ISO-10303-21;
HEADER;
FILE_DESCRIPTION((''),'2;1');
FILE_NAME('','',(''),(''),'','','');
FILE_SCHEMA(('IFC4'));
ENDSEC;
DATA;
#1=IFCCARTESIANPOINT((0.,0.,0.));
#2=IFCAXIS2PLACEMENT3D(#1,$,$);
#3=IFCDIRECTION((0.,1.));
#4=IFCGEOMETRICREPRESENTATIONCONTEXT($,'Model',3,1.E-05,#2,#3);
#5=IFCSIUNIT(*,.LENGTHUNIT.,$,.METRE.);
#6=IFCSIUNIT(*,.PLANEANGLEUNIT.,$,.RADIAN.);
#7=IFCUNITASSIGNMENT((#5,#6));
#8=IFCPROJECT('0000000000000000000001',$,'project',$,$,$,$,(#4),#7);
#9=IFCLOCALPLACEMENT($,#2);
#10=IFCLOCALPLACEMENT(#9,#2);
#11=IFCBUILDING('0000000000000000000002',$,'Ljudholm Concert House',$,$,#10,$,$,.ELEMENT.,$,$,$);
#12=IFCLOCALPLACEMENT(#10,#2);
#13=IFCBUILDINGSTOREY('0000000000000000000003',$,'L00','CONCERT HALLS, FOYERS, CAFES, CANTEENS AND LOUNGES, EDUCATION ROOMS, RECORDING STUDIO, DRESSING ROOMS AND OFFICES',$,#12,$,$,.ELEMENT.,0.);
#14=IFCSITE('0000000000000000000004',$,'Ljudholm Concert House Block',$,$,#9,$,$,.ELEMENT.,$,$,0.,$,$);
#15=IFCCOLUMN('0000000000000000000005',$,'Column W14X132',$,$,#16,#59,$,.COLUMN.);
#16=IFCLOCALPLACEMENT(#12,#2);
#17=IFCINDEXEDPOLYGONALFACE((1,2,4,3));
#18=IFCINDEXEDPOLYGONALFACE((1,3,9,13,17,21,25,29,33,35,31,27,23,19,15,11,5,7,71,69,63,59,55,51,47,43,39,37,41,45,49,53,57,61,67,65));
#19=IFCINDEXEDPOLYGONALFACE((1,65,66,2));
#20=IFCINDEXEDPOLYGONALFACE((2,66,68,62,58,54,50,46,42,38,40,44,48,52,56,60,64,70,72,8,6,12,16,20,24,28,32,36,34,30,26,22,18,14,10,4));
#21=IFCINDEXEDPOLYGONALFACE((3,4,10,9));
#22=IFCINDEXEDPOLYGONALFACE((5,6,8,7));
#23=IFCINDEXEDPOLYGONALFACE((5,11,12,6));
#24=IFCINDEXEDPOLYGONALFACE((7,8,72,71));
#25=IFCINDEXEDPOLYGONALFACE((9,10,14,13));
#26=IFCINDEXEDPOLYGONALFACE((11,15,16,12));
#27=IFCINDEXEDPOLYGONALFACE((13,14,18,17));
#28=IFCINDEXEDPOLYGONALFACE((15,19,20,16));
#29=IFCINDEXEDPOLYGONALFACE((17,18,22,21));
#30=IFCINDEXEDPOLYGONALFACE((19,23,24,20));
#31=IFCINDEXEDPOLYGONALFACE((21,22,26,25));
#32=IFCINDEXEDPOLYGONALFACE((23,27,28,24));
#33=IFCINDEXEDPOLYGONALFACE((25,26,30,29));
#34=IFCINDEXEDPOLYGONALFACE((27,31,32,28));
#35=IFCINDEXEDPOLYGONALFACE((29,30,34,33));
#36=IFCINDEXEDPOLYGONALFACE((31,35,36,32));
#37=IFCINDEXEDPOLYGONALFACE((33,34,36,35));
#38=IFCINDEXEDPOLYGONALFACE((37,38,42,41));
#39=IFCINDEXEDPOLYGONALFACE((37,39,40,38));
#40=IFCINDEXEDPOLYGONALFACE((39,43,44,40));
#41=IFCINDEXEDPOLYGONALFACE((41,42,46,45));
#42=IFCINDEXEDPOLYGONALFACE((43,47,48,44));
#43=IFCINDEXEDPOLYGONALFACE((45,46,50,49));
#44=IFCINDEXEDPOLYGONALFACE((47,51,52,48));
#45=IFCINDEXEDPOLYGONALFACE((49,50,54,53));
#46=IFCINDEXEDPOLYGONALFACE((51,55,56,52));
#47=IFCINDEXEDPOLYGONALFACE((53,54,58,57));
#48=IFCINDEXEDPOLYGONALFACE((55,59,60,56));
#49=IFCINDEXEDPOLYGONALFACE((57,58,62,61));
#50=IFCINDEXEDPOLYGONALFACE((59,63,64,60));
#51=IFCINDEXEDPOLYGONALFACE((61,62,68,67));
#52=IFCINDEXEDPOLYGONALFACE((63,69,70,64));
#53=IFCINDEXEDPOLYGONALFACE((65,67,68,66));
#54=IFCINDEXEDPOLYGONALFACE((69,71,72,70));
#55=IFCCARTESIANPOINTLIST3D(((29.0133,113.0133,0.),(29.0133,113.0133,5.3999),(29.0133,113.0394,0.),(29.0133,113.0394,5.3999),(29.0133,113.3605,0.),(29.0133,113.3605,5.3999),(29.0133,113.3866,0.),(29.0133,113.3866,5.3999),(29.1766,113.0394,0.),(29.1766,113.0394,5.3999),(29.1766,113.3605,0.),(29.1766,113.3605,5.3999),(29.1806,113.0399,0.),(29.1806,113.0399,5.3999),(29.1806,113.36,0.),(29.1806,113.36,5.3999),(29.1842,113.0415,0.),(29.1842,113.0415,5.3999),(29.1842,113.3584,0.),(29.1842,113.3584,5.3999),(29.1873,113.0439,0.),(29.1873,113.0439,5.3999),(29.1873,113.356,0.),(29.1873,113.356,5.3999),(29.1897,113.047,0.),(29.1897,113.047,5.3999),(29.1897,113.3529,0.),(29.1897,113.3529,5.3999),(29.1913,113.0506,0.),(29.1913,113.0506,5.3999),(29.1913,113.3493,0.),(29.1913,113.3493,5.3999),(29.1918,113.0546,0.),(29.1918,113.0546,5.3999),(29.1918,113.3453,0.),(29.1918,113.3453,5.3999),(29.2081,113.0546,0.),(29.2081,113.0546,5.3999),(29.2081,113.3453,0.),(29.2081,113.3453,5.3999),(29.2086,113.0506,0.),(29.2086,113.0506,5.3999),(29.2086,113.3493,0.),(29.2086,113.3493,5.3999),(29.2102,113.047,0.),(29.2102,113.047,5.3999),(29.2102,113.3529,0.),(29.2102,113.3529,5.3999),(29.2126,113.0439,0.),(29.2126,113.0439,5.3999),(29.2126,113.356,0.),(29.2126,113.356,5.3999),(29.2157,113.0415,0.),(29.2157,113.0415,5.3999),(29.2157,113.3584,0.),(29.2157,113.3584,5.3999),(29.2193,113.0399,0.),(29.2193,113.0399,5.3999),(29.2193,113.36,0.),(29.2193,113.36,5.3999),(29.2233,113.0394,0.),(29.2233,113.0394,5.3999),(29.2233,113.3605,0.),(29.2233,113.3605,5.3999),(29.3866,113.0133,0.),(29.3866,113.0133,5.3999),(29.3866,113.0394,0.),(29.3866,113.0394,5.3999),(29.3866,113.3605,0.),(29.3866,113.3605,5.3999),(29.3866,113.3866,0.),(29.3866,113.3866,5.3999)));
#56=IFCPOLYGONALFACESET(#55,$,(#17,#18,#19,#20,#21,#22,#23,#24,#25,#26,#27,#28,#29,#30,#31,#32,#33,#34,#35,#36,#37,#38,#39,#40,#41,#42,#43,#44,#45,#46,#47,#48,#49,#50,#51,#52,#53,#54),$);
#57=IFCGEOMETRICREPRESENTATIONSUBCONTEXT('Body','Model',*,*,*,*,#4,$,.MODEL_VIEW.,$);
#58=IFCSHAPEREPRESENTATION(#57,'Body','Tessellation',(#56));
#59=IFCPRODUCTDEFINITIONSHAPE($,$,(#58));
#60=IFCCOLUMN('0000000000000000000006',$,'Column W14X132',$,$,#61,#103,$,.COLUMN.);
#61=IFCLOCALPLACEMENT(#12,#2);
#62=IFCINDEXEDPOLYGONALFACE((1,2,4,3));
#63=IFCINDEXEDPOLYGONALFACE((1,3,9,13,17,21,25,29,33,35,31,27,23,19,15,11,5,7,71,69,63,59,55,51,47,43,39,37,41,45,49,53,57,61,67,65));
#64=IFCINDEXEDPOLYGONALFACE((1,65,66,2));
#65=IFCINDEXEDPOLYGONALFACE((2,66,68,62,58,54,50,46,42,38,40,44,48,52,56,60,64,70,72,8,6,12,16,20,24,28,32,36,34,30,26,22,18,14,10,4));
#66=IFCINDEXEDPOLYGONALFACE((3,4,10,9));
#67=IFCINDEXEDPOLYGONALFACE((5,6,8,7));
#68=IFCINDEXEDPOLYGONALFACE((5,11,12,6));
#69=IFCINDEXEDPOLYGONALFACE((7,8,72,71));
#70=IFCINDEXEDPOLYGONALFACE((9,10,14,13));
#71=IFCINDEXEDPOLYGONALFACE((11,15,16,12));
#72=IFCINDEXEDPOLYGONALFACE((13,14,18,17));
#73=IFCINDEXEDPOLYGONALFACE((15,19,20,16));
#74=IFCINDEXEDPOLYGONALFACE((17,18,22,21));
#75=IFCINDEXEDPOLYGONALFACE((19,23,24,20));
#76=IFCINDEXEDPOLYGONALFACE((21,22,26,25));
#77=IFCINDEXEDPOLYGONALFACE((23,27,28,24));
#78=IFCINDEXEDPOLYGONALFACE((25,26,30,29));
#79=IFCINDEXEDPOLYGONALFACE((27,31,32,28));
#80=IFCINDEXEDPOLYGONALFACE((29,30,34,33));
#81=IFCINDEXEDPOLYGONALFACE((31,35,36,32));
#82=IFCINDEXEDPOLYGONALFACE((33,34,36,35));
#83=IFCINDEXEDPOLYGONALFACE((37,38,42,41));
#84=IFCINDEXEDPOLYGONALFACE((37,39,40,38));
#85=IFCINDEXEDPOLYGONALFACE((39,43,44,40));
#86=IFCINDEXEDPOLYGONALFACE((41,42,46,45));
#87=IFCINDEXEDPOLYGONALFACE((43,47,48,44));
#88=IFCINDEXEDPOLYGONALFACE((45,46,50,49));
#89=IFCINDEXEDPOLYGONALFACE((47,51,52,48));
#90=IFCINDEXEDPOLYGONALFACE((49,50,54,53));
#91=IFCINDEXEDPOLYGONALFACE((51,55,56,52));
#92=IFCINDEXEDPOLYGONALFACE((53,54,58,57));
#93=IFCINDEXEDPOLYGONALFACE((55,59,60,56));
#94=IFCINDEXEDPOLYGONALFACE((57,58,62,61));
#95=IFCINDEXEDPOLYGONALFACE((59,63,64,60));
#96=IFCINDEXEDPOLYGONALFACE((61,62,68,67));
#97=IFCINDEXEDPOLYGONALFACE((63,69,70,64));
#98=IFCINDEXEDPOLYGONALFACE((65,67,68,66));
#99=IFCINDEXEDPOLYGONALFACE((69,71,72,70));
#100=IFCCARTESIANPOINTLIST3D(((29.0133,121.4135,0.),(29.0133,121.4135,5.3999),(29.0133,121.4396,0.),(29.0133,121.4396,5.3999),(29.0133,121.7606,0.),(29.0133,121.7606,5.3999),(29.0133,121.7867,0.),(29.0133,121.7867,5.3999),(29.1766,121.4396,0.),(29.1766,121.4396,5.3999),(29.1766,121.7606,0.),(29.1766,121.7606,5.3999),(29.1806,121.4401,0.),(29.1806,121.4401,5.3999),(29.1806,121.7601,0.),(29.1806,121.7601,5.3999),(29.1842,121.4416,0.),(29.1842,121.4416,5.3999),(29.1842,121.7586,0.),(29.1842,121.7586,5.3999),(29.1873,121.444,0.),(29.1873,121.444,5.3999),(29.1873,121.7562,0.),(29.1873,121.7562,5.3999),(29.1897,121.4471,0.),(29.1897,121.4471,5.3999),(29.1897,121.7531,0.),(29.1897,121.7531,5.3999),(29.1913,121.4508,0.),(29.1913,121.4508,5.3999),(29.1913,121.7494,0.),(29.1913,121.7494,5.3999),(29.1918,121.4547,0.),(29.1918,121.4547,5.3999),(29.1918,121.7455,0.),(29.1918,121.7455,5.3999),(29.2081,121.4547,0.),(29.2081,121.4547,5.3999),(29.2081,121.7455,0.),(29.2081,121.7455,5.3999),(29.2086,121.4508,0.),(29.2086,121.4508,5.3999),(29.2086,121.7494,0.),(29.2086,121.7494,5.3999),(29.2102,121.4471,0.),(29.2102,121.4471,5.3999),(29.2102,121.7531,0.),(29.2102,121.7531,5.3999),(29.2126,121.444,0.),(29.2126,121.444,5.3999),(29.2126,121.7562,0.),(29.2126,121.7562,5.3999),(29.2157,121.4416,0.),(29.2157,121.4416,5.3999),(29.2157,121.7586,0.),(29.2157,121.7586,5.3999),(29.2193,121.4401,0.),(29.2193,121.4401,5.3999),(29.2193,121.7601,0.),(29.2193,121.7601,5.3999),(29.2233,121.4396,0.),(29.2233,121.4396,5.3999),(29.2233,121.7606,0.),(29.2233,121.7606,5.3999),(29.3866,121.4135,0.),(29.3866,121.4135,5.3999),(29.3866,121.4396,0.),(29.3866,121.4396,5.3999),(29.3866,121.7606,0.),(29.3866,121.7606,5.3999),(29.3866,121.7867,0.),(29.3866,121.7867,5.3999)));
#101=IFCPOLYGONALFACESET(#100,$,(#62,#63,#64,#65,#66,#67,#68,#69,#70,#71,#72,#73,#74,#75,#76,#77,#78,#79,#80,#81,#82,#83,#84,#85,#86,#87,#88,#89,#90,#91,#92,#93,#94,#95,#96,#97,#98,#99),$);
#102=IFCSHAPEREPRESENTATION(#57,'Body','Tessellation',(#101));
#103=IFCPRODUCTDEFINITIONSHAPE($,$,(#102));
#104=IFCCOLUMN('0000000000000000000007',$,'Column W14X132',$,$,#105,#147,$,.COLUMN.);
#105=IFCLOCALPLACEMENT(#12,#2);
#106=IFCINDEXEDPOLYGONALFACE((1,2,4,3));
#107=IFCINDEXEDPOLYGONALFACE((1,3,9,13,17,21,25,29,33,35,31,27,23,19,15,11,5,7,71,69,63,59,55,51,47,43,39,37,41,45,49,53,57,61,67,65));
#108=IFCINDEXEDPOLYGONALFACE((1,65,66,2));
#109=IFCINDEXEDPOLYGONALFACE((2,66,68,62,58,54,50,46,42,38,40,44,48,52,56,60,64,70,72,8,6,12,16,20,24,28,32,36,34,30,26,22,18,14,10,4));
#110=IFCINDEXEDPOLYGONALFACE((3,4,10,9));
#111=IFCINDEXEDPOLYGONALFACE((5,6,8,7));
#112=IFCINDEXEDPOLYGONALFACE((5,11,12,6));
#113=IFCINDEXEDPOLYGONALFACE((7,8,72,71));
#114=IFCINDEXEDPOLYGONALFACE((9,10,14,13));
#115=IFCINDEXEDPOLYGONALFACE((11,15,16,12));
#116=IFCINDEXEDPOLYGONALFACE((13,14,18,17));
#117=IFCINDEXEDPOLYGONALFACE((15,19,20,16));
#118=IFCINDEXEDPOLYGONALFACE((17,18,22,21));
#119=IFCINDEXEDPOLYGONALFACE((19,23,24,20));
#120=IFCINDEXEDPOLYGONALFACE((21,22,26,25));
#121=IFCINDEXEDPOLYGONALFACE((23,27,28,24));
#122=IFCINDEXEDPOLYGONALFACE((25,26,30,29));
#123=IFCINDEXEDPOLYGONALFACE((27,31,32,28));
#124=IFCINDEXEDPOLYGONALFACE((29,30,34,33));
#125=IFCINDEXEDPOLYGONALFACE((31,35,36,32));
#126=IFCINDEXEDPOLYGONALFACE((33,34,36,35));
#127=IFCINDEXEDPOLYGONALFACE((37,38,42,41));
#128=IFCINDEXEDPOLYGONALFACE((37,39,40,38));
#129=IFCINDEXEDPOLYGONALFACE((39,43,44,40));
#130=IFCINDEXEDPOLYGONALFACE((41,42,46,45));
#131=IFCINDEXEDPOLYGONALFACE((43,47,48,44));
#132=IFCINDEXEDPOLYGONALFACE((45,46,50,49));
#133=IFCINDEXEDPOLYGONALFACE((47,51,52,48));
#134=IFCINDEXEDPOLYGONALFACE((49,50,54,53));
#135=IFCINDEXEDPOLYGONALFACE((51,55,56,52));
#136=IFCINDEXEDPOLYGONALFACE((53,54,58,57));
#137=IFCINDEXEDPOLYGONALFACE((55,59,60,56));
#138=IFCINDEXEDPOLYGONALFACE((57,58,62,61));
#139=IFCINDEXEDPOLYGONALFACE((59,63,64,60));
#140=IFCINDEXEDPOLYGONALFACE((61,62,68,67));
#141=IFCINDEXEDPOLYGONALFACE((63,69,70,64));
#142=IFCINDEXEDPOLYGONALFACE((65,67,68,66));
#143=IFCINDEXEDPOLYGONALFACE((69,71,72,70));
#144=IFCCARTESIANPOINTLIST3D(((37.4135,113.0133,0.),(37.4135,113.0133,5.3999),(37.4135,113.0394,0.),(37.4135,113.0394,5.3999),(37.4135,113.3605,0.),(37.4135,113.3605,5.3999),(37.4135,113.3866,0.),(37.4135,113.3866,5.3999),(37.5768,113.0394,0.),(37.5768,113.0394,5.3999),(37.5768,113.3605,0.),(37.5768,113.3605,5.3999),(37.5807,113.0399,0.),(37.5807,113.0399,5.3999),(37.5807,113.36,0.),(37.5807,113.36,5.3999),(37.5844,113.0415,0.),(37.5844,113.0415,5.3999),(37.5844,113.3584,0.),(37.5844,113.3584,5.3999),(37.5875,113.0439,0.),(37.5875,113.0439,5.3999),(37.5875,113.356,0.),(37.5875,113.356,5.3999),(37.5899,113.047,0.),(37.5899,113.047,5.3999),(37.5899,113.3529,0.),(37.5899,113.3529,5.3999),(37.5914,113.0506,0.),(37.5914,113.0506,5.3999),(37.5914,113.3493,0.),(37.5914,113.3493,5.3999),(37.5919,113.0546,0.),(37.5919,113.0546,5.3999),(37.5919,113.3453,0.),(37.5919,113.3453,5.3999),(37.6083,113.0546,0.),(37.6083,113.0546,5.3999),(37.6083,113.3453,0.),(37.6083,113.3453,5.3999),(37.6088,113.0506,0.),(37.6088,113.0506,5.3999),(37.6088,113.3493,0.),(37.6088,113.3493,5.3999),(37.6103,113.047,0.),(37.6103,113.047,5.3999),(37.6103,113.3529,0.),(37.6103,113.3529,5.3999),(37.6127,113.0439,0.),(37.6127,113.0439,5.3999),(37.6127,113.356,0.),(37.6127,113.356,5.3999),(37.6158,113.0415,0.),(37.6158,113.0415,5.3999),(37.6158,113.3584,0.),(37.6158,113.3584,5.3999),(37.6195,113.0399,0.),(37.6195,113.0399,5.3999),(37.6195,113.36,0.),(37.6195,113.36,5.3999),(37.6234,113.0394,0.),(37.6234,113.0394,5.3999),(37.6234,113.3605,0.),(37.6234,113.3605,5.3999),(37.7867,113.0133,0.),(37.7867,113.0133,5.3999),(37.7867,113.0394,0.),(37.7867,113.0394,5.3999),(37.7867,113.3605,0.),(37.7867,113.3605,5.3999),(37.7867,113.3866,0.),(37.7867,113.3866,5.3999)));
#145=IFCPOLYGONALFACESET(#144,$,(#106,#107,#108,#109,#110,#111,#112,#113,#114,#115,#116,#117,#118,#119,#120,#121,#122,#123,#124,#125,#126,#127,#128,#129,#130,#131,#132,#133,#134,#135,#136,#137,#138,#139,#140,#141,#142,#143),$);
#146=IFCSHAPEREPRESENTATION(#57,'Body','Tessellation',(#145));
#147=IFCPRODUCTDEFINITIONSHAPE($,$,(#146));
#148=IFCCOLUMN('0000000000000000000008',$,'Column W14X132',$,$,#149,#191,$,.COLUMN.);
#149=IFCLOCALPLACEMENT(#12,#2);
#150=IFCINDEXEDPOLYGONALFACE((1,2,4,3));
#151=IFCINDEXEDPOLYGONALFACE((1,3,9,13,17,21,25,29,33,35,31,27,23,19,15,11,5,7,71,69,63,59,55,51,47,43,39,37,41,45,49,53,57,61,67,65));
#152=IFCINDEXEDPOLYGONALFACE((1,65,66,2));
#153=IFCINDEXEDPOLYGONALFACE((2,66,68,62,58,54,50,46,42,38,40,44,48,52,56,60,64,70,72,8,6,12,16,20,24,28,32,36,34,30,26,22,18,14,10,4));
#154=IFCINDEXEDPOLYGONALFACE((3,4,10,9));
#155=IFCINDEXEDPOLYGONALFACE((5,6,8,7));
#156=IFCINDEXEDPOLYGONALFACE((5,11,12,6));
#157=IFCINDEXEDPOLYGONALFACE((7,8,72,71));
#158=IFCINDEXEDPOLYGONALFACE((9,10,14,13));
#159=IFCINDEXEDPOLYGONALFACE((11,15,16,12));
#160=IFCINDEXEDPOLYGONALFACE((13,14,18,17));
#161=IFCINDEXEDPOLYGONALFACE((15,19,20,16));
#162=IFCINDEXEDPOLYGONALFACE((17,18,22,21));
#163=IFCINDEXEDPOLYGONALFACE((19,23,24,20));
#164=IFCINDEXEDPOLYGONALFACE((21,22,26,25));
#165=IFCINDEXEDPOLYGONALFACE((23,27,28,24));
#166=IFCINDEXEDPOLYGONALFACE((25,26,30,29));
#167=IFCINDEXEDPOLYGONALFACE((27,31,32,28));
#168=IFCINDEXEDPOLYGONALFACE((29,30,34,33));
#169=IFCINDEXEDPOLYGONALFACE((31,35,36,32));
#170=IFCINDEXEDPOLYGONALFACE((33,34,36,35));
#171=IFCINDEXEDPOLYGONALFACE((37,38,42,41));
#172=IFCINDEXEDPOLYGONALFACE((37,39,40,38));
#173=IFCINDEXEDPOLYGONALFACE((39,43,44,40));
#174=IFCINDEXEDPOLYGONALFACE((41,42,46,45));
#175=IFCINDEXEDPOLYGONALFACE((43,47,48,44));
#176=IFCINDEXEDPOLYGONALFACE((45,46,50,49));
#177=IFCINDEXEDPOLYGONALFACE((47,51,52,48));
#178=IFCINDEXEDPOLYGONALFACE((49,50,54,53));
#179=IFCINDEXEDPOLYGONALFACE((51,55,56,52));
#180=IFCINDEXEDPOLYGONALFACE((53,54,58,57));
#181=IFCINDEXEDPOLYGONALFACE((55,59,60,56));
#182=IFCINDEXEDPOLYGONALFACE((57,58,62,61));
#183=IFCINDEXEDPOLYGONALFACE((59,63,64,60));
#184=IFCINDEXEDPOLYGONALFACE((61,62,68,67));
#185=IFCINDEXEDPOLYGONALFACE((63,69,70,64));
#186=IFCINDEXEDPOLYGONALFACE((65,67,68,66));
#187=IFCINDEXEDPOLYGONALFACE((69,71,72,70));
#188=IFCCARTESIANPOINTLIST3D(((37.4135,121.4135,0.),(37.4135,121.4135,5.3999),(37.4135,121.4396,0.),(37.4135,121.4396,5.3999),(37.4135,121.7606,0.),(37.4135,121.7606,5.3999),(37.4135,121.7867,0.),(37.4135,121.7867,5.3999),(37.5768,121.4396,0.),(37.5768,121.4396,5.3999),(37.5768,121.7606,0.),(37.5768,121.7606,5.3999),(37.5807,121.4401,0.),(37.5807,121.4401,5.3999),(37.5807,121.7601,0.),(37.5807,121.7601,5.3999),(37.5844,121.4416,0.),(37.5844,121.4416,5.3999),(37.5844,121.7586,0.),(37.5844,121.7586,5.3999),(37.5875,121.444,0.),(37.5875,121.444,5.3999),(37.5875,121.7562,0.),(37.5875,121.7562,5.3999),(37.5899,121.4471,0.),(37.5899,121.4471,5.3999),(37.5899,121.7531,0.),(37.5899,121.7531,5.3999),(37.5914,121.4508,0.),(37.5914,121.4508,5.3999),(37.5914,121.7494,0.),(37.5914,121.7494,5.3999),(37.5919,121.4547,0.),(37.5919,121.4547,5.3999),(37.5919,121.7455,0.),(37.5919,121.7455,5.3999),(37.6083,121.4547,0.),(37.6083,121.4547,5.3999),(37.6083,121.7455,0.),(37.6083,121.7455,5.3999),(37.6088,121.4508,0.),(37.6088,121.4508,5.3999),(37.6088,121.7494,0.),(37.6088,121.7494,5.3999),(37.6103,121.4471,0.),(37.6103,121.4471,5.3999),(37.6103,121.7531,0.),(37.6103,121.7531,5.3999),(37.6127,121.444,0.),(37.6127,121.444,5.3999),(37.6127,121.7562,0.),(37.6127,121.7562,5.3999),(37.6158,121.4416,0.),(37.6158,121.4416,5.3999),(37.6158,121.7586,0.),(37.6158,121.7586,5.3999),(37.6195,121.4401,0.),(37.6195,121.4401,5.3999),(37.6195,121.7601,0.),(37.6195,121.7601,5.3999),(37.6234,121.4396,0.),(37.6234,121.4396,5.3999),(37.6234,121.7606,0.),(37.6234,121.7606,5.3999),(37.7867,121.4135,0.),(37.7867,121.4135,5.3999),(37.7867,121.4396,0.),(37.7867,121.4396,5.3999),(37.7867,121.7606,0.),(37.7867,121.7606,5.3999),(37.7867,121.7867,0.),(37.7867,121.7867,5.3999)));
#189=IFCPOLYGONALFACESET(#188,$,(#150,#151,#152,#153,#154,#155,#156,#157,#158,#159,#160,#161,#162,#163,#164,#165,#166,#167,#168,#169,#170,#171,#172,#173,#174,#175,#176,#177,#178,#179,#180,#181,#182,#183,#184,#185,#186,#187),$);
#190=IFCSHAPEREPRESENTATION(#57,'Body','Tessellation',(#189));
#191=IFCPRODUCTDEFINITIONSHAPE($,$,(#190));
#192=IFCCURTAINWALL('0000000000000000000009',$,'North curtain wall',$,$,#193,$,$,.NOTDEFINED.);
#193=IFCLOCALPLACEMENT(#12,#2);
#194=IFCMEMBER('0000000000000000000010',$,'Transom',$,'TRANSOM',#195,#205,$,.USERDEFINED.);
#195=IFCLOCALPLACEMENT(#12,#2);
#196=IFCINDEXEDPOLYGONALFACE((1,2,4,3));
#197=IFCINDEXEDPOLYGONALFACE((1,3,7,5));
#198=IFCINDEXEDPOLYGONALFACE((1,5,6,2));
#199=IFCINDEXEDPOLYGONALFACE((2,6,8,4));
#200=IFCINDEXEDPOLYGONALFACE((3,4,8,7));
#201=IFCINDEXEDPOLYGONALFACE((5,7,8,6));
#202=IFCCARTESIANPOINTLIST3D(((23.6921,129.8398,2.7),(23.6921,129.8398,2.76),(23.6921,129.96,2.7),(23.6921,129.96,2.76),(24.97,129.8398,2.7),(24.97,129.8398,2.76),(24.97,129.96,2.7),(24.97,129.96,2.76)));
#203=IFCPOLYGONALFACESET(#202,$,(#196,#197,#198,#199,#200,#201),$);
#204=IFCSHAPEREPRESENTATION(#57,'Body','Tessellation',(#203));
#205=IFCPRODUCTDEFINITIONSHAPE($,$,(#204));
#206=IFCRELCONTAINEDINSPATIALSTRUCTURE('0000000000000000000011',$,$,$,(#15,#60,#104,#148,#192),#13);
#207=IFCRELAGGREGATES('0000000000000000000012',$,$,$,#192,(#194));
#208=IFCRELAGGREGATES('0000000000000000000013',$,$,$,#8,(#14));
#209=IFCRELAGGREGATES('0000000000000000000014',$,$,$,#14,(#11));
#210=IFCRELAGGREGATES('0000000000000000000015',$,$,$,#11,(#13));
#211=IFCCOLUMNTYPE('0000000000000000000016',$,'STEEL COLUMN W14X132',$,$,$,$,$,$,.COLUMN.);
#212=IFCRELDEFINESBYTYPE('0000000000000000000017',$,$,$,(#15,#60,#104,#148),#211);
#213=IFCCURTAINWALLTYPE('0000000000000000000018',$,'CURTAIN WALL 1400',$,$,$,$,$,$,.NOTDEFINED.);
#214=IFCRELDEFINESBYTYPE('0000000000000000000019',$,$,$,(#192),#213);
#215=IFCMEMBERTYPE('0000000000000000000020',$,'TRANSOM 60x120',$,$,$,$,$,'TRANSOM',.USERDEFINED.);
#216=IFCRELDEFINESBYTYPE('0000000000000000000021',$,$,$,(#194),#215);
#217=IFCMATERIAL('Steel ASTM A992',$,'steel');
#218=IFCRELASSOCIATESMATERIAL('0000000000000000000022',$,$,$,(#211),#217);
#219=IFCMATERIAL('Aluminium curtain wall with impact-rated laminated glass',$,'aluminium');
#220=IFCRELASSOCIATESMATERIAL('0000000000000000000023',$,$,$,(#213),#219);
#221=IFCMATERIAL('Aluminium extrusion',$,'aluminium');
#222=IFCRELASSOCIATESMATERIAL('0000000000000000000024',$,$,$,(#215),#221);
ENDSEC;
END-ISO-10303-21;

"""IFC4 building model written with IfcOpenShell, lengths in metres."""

from ifc_helpers import new_model, si_unit, direction, frame, origin, origin_2d, place, context, subcontext, project, spatial, rectangle, i_section, extrude, material, material_profile, profile_set, type_object, element, aggregate, save


model = new_model("IFC4")

# Units and contexts
model_context = context("Model", 3, precision=1e-05, world=origin(), true_north=direction((0.0, 1.0)))
body_context = subcontext(model_context, "Body", "Model", "MODEL_VIEW")
ifc_project = project(units=[si_unit("LENGTHUNIT", "METRE"), si_unit("PLANEANGLEUNIT", "RADIAN")], contexts=[model_context])

# Site, building, storey
site_placement = place(None, origin())
site = spatial("IfcSite", under=ifc_project, at=site_placement, Name="Ljudholm Concert House Block", CompositionType="ELEMENT", RefElevation=0.0)
building_placement = place(site_placement, origin())
building = spatial("IfcBuilding", under=site, at=building_placement, Name="Ljudholm Concert House", CompositionType="ELEMENT")
storey_placement = place(building_placement, origin())
storey = spatial("IfcBuildingStorey", under=building, at=storey_placement, Name="L00", Description="CONCERT HALLS, FOYERS, CAFES, CANTEENS AND LOUNGES, EDUCATION ROOMS, RECORDING STUDIO, DRESSING ROOMS AND OFFICES", CompositionType="ELEMENT", Elevation=0.0)

# Columns
ifc_material_1 = material(Name="Steel ASTM A992", Category="steel")
ifc_material_profile_1 = material_profile(ifc_material_1, i_section(OverallWidth=0.3733, OverallDepth=0.3733, WebThickness=0.0164, FlangeThickness=0.0261, FilletRadius=0.0151, at=origin_2d()), Name="W14X132")
ifc_profile_set_1 = profile_set([ifc_material_profile_1], Name="Steel ASTM A992")
column_type = type_object("IfcColumnType", Name="STEEL COLUMN W14X132", PredefinedType="COLUMN", material=ifc_profile_set_1)
for number, where, z_axis, x_axis, name in (
    (1, (29.2, 113.2, 0.0), (0.0, 0.0, 1.0), (1.0, 0.0, 0.0), "Column W14X132"),
    (2, (29.2, 121.6001, 0.0), (0.0, 0.0, 1.0), (1.0, 0.0, 0.0), "Column W14X132"),
    (3, (37.6001, 113.2, 0.0), (0.0, 0.0, 1.0), (1.0, 0.0, 0.0), "Column W14X132"),
    (4, (37.6001, 121.6001, 0.0), (0.0, 0.0, 1.0), (1.0, 0.0, 0.0), "Column W14X132"),
):
    element("IfcColumn", number, at=place(storey_placement, frame(where, z_axis=z_axis, x_axis=x_axis)), inside=storey, type_object=column_type, Name=name, PredefinedType="COLUMN", context=body_context, shape_type="SweptSolid", body=[
        extrude(i_section(OverallWidth=0.3733, OverallDepth=0.3733, WebThickness=0.0164, FlangeThickness=0.0261, FilletRadius=0.0151, at=origin_2d()), origin(), (0.0, 0.0, 1.0), 5.3999),
    ])

# Curtain wall, member
ifc_material_2 = material(Name="Aluminium curtain wall with impact-rated laminated glass", Category="aluminium")
curtain_wall_type = type_object("IfcCurtainWallType", Name="CURTAIN WALL 1400", PredefinedType="NOTDEFINED", material=ifc_material_2)
curtain_wall_placement = place(storey_placement, origin())
curtain_wall = element("IfcCurtainWall", 5, at=curtain_wall_placement, inside=storey, type_object=curtain_wall_type, Name="North curtain wall", PredefinedType="NOTDEFINED")
ifc_material_3 = material(Name="Aluminium extrusion", Category="aluminium")
ifc_material_profile_2 = material_profile(ifc_material_3, rectangle(XDim=0.1201, YDim=0.0601, at=origin_2d()), Name="TRANSOM 60x120")
ifc_profile_set_2 = profile_set([ifc_material_profile_2], Name="Aluminium extrusion")
member_type = type_object("IfcMemberType", Name="TRANSOM 60x120", ElementType="TRANSOM", PredefinedType="USERDEFINED", material=ifc_profile_set_2)
member_1_placement = place(storey_placement, frame((23.6921, 129.8999, 2.73), z_axis=(1.0, 0.0, 0.0), x_axis=(0.0, 1.0, 0.0)))
member_1 = element("IfcMember", 6, at=member_1_placement, type_object=member_type, Name="Transom", ObjectType="TRANSOM", PredefinedType="USERDEFINED", context=body_context, shape_type="SweptSolid", body=[
    extrude(rectangle(XDim=0.1201, YDim=0.0601, at=origin_2d()), origin(), (0.0, 0.0, 1.0), 1.2778),
])
aggregate(curtain_wall, [member_1])

save(model, "model.ifc")
